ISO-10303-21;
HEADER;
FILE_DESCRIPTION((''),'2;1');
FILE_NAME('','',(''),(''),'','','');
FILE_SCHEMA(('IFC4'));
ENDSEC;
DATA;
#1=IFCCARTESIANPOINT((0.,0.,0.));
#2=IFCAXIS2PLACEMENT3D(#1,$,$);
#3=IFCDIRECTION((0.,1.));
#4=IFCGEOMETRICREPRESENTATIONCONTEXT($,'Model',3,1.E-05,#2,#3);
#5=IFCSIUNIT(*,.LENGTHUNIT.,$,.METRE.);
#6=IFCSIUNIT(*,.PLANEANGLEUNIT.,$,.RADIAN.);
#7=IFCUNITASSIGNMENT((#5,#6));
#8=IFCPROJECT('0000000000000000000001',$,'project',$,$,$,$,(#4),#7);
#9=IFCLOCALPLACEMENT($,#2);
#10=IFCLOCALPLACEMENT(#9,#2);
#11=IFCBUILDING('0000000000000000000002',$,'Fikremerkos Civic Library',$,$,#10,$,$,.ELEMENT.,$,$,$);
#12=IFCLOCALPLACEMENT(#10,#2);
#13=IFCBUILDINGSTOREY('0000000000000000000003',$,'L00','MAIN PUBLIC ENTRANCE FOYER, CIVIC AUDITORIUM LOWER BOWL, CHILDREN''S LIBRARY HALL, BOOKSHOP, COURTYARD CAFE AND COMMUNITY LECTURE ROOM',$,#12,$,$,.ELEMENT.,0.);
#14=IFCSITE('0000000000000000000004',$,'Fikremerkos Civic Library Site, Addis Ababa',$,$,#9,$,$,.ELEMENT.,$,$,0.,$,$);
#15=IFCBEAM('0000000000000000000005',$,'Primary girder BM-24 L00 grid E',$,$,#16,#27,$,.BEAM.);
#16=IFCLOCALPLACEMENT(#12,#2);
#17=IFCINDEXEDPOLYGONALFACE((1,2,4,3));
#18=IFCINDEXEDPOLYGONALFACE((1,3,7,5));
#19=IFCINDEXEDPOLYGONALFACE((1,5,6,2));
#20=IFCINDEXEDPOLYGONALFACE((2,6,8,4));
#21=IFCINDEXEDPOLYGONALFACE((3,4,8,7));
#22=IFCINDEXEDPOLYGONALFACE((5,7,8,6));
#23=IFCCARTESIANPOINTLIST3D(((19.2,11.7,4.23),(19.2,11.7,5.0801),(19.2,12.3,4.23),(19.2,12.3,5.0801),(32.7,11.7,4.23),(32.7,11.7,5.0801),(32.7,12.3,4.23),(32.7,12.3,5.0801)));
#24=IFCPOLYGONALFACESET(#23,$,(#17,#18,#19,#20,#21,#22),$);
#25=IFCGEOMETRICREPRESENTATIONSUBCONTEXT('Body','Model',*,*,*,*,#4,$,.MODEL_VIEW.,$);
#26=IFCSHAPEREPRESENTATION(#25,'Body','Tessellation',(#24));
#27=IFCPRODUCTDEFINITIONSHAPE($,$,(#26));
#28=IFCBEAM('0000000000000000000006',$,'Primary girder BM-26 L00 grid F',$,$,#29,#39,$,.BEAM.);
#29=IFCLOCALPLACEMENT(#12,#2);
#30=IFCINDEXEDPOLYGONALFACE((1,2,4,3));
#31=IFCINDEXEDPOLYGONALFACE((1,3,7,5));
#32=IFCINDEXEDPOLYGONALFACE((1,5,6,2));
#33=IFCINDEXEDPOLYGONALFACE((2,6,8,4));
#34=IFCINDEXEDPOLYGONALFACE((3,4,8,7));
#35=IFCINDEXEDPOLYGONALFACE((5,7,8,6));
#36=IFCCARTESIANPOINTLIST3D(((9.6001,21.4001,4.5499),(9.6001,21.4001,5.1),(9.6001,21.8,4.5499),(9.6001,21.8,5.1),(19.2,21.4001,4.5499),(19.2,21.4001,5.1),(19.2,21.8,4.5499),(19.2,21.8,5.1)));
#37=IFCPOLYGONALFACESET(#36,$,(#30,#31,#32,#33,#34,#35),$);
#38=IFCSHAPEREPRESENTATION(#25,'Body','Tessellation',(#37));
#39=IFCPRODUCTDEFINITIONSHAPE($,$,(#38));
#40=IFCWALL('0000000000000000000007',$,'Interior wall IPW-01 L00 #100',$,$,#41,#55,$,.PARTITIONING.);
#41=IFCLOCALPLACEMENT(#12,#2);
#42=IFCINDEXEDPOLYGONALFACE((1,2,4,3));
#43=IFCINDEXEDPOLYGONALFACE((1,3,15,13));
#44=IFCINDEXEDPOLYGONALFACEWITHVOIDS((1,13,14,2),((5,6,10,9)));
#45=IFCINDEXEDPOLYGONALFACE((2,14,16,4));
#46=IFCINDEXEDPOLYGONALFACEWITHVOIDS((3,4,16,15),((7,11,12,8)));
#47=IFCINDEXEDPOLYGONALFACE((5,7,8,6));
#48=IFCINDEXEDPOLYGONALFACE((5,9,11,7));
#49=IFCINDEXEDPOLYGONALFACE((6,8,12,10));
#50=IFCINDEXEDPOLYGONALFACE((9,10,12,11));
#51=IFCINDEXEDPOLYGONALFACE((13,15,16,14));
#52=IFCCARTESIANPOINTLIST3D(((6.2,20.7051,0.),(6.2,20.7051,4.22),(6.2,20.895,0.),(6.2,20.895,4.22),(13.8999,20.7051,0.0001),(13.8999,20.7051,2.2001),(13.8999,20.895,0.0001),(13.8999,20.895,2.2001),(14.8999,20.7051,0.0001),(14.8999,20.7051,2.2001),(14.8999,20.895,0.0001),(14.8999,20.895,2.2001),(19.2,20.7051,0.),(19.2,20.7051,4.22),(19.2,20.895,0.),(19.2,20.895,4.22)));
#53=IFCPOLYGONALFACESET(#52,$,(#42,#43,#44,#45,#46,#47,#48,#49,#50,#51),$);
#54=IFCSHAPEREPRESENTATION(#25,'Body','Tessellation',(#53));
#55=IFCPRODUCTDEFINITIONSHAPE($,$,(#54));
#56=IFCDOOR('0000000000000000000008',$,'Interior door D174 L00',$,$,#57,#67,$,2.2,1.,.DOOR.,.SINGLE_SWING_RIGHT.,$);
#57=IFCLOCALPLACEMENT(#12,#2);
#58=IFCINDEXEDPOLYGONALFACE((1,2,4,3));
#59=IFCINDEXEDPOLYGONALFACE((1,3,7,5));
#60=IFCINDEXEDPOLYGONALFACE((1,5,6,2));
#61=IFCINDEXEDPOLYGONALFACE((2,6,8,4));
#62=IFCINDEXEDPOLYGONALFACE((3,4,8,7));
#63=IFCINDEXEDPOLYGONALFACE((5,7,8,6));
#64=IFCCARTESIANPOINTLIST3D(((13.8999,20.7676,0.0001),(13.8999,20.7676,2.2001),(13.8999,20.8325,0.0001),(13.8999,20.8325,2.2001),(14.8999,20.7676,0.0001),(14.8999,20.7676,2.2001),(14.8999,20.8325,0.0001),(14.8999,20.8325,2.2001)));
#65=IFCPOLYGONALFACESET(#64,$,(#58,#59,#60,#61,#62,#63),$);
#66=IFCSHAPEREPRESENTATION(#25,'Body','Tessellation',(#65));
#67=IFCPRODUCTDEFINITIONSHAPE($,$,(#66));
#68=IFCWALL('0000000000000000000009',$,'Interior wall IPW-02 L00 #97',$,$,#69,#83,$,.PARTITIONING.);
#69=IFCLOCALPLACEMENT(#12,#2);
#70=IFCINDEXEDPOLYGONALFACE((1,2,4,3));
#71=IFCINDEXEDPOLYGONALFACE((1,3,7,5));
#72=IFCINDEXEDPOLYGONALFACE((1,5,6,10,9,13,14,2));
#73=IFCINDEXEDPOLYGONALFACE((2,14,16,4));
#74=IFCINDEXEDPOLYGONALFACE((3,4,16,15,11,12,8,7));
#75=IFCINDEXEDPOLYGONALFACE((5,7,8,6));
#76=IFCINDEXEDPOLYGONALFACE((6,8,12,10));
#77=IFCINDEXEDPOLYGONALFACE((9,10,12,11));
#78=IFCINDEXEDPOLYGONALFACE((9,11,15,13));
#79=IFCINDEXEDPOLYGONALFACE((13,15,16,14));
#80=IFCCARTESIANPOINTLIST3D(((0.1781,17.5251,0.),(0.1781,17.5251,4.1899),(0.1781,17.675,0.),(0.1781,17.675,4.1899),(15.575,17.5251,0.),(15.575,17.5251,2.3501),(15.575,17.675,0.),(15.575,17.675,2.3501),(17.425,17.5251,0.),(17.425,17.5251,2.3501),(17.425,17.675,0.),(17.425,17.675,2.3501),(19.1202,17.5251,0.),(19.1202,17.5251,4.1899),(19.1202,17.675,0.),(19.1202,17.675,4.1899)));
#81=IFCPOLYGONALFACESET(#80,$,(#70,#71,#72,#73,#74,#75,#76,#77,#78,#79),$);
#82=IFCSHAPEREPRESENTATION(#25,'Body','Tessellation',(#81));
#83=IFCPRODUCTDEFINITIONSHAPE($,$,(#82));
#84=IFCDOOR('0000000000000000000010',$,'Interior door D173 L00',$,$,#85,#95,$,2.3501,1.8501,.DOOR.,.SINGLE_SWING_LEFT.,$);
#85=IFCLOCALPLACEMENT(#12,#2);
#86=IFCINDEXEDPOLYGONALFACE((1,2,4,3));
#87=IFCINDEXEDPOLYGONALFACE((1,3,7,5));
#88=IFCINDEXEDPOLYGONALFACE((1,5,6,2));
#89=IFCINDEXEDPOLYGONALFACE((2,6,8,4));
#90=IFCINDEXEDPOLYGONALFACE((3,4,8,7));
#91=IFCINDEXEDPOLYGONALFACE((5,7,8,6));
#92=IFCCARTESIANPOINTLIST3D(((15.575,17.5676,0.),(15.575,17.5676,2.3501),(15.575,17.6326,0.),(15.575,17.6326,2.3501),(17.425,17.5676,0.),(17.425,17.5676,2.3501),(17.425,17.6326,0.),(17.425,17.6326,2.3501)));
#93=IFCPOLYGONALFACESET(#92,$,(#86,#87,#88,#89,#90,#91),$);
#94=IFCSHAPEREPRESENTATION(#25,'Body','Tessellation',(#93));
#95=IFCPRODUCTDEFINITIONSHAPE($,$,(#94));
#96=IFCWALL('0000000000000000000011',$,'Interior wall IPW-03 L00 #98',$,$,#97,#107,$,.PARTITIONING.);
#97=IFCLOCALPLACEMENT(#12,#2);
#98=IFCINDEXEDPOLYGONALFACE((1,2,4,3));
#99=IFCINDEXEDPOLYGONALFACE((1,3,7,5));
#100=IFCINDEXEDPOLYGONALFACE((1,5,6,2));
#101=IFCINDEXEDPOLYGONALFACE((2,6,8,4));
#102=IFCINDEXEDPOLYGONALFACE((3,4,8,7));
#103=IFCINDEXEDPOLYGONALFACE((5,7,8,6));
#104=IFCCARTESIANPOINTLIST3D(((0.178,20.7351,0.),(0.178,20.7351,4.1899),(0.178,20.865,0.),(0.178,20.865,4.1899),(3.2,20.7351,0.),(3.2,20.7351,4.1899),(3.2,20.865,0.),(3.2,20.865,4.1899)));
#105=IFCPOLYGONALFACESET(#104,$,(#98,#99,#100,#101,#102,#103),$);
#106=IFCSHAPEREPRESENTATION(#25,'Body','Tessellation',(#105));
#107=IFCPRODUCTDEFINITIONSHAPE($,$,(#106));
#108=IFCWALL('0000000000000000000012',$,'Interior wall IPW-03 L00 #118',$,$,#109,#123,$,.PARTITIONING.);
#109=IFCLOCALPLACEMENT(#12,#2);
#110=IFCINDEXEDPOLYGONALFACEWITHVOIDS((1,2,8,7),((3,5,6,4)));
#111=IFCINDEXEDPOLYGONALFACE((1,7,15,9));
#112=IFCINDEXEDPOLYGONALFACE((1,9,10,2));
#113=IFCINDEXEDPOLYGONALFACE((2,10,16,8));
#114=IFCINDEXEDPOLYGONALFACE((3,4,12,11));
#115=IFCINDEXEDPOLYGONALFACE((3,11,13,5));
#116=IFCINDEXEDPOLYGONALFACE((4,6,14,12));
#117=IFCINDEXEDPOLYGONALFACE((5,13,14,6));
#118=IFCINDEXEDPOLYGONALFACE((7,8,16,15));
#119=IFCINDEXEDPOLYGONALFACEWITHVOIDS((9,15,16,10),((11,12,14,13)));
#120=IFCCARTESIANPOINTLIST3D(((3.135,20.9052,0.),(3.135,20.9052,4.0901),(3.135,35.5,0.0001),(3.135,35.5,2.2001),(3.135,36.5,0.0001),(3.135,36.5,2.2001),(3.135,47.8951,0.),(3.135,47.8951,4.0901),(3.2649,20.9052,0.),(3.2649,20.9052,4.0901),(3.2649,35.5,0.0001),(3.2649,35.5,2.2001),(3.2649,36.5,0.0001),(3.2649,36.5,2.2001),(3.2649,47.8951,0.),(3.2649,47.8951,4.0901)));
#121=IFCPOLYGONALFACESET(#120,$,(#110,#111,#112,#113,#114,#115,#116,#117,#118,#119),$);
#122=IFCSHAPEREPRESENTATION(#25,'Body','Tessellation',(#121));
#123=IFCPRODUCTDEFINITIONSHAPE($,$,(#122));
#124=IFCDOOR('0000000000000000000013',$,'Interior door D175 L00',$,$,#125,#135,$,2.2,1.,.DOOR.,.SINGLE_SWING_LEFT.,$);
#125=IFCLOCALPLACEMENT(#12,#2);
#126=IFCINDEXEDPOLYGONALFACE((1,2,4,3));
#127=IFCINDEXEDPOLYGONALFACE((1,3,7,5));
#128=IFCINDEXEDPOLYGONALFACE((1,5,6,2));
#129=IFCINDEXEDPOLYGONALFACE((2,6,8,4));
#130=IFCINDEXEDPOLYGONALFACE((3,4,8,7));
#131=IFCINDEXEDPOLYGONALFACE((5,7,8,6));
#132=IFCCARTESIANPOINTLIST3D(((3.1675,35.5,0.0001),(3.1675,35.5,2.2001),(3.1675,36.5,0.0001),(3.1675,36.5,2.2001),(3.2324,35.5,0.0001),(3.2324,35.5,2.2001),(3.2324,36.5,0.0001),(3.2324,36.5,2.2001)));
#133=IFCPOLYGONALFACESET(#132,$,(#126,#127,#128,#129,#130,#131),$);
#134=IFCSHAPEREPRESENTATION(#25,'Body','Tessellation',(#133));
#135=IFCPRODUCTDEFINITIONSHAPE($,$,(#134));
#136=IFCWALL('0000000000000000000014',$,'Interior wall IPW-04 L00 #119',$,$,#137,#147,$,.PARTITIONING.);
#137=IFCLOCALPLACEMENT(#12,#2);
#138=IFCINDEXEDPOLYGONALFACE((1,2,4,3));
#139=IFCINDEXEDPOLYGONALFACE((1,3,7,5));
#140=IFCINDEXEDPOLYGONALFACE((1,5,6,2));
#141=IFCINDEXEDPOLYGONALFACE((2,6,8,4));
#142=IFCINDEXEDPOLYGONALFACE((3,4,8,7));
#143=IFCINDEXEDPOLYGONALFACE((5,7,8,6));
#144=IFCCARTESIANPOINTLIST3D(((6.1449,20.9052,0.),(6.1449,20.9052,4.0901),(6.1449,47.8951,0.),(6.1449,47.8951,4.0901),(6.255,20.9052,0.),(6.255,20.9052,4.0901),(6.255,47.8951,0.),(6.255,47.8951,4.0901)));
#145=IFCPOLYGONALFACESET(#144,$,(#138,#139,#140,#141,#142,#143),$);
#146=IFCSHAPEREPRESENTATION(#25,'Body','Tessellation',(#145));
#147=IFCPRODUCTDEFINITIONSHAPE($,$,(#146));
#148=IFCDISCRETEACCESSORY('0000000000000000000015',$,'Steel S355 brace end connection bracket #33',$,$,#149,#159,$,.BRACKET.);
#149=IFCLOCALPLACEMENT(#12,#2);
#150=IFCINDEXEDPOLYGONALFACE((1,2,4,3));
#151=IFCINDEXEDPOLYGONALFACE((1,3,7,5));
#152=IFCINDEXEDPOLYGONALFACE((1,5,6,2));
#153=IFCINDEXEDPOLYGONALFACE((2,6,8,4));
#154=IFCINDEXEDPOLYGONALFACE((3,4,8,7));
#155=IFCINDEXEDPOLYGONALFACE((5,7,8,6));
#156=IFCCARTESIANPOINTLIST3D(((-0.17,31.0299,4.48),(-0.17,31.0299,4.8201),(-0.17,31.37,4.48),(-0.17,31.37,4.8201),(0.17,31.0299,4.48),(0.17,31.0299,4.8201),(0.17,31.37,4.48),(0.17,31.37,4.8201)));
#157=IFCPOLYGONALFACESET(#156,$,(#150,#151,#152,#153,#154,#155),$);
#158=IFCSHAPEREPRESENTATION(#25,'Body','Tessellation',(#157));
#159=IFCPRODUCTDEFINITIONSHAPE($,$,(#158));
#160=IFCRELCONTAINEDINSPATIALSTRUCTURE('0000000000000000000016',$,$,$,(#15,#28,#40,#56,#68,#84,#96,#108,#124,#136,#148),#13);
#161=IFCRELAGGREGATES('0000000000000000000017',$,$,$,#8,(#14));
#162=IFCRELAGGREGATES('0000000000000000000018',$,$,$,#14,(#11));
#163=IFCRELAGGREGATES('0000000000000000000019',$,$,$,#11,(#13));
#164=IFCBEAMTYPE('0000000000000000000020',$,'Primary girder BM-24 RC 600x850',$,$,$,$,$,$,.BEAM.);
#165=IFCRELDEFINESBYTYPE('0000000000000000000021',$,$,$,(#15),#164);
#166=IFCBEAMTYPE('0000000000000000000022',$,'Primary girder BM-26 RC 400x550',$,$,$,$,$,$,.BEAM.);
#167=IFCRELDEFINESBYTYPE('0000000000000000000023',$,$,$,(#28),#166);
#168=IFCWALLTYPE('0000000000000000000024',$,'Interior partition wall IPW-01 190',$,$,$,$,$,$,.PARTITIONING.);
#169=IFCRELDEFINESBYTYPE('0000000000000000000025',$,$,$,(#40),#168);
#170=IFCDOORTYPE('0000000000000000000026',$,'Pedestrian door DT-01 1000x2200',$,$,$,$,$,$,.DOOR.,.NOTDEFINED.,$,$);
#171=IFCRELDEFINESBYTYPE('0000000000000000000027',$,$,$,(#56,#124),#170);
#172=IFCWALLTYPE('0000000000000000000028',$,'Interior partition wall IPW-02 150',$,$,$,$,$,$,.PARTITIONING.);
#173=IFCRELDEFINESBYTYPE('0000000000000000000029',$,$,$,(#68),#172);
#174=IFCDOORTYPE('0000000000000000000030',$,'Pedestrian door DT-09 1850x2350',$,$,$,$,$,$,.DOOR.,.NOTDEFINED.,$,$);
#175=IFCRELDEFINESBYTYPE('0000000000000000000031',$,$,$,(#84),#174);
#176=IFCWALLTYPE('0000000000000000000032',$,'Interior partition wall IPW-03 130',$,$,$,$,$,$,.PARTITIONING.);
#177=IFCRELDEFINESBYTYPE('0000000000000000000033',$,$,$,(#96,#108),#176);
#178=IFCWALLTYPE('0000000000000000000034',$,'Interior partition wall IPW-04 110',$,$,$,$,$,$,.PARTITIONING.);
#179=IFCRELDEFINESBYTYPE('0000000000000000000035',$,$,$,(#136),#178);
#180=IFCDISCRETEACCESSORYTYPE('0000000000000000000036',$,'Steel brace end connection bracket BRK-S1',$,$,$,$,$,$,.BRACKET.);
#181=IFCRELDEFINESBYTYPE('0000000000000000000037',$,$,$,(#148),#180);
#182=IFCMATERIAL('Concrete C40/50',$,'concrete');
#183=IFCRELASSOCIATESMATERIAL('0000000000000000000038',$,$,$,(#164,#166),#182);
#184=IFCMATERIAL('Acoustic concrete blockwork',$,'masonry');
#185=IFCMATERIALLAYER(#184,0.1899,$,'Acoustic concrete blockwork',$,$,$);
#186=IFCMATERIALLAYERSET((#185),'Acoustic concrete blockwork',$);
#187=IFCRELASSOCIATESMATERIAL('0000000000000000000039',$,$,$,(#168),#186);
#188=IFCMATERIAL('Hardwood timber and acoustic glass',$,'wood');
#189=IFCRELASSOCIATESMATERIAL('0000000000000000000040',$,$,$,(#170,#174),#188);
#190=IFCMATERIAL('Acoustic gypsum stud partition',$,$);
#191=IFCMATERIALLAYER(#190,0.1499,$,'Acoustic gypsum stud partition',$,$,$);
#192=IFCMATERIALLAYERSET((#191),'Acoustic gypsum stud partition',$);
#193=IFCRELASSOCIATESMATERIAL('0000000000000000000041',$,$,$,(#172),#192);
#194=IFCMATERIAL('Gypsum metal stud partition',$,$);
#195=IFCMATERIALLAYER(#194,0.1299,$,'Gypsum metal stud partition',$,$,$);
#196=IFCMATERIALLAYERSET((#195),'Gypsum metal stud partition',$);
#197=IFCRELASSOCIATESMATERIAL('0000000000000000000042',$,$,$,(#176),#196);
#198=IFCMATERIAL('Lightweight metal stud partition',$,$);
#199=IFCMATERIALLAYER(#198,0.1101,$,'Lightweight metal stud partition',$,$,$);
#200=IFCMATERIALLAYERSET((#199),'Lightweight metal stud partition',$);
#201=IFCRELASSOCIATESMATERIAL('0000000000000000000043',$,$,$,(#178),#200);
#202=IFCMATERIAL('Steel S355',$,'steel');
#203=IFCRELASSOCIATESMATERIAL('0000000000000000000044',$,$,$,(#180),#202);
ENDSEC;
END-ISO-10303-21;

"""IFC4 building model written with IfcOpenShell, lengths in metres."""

from ifc_helpers import new_model, si_unit, direction, frame, frame_2d, origin, origin_2d, place, context, subcontext, project, spatial, rectangle, extrude, material, layer, layer_set, material_profile, profile_set, type_object, element, fill, save


model = new_model("IFC4")

# Units and contexts
model_context = context("Model", 3, precision=1e-05, world=origin(), true_north=direction((0.0, 1.0)))
body_context = subcontext(model_context, "Body", "Model", "MODEL_VIEW")
ifc_project = project(units=[si_unit("LENGTHUNIT", "METRE"), si_unit("PLANEANGLEUNIT", "RADIAN")], contexts=[model_context])

# Site, building, storey
site_placement = place(None, origin())
site = spatial("IfcSite", under=ifc_project, at=site_placement, Name="Fikremerkos Civic Library Site, Addis Ababa", CompositionType="ELEMENT", RefElevation=0.0)
building_placement = place(site_placement, origin())
building = spatial("IfcBuilding", under=site, at=building_placement, Name="Fikremerkos Civic Library", CompositionType="ELEMENT")
storey_placement = place(building_placement, origin())
storey = spatial("IfcBuildingStorey", under=building, at=storey_placement, Name="L00", Description="MAIN PUBLIC ENTRANCE FOYER, CIVIC AUDITORIUM LOWER BOWL, CHILDREN'S LIBRARY HALL, BOOKSHOP, COURTYARD CAFE AND COMMUNITY LECTURE ROOM", CompositionType="ELEMENT", Elevation=0.0)

# Shared definitions
ifc_material_1 = material(Name="Concrete C40/50", Category="concrete")

# Shared definitions
ifc_material_2 = material(Name="Steel S355", Category="steel")

# Beams
ifc_material_profile_1 = material_profile(ifc_material_1, rectangle(XDim=0.6001, YDim=0.8501, at=origin_2d()), Name="RC 600x850")
ifc_profile_set_1 = profile_set([ifc_material_profile_1], Name="Concrete C40/50")
beam_type_1 = type_object("IfcBeamType", Name="Primary girder BM-24 RC 600x850", PredefinedType="BEAM", material=ifc_profile_set_1)
beam_1_placement = place(storey_placement, frame((19.2, 12.0, 4.655), z_axis=(1.0, 0.0, 0.0), x_axis=(0.0, 1.0, 0.0)))
element("IfcBeam", 1, at=beam_1_placement, inside=storey, type_object=beam_type_1, Name="Primary girder BM-24 L00 grid E", PredefinedType="BEAM", context=body_context, shape_type="SweptSolid", body=[
    extrude(rectangle(XDim=0.6001, YDim=0.8501, at=origin_2d()), origin(), (0.0, 0.0, 1.0), 13.5),
])
ifc_material_profile_2 = material_profile(ifc_material_1, rectangle(XDim=0.3999, YDim=0.55, at=origin_2d()), Name="RC 400x550")
ifc_profile_set_2 = profile_set([ifc_material_profile_2], Name="Concrete C40/50")
beam_type_2 = type_object("IfcBeamType", Name="Primary girder BM-26 RC 400x550", PredefinedType="BEAM", material=ifc_profile_set_2)
beam_2_placement = place(storey_placement, frame((9.6001, 21.6001, 4.825), z_axis=(1.0, 0.0, 0.0), x_axis=(0.0, 1.0, 0.0)))
element("IfcBeam", 2, at=beam_2_placement, inside=storey, type_object=beam_type_2, Name="Primary girder BM-26 L00 grid F", PredefinedType="BEAM", context=body_context, shape_type="SweptSolid", body=[
    extrude(rectangle(XDim=0.3999, YDim=0.55, at=origin_2d()), origin(), (0.0, 0.0, 1.0), 9.5999),
])

# Walls, openings, doors
ifc_material_3 = material(Name="Acoustic concrete blockwork", Category="masonry")
ifc_layer_1 = layer(ifc_material_3, 0.1899, Name="Acoustic concrete blockwork")
ifc_layer_set_1 = layer_set([ifc_layer_1], Name="Acoustic concrete blockwork")
wall_type_1 = type_object("IfcWallType", Name="Interior partition wall IPW-01 190", PredefinedType="PARTITIONING", material=ifc_layer_set_1)
wall_1_placement = place(storey_placement, frame((6.2, 20.8, 0.0), z_axis=(0.0, 0.0, 1.0), x_axis=(1.0, 0.0, 0.0)))
wall_1 = element("IfcWall", 3, at=wall_1_placement, inside=storey, type_object=wall_type_1, Name="Interior wall IPW-01 L00 #100", PredefinedType="PARTITIONING", context=body_context, shape_type="SweptSolid", body=[
    extrude(rectangle(XDim=13.0, YDim=0.1899, at=frame_2d((6.5, 0.0))), origin(), (0.0, 0.0, 1.0), 4.22),
])
opening_1_placement = place(wall_1_placement, frame((7.7, 0.0, 0.0)))
opening_1 = element("IfcOpeningElement", 4, at=opening_1_placement, cuts=wall_1, PredefinedType="OPENING", context=body_context, shape_type="SweptSolid", body=[
    extrude(rectangle(XDim=1.0, YDim=2.2, at=frame_2d((0.5, 1.1001))), frame((0.0, 0.105, 0.0), z_axis=(0.0, -1.0, 0.0), x_axis=(1.0, 0.0, 0.0)), (0.0, 0.0, 1.0), 0.21),
])
ifc_material_4 = material(Name="Hardwood timber and acoustic glass", Category="wood")
door_type_1 = type_object("IfcDoorType", Name="Pedestrian door DT-01 1000x2200", OperationType="NOTDEFINED", PredefinedType="DOOR", material=ifc_material_4)
door_1_placement = place(opening_1_placement, origin())
door_1 = element("IfcDoor", 5, at=door_1_placement, inside=storey, type_object=door_type_1, Name="Interior door D174 L00", OperationType="SINGLE_SWING_RIGHT", OverallHeight=2.2, OverallWidth=1.0, PredefinedType="DOOR", context=body_context, shape_type="SweptSolid", body=[
    extrude(rectangle(XDim=1.0, YDim=2.2, at=frame_2d((0.5, 1.1001))), frame((0.0, 0.0325, 0.0), z_axis=(0.0, -1.0, 0.0), x_axis=(1.0, 0.0, 0.0)), (0.0, 0.0, 1.0), 0.0649),
])
fill(opening_1, door_1)
ifc_material_5 = material(Name="Acoustic gypsum stud partition")
ifc_layer_2 = layer(ifc_material_5, 0.1499, Name="Acoustic gypsum stud partition")
ifc_layer_set_2 = layer_set([ifc_layer_2], Name="Acoustic gypsum stud partition")
wall_type_2 = type_object("IfcWallType", Name="Interior partition wall IPW-02 150", PredefinedType="PARTITIONING", material=ifc_layer_set_2)
wall_2_placement = place(storey_placement, frame((0.178, 17.6001, 0.0), z_axis=(0.0, 0.0, 1.0), x_axis=(1.0, 0.0, 0.0)))
wall_2 = element("IfcWall", 6, at=wall_2_placement, inside=storey, type_object=wall_type_2, Name="Interior wall IPW-02 L00 #97", PredefinedType="PARTITIONING", context=body_context, shape_type="SweptSolid", body=[
    extrude(rectangle(XDim=18.9421, YDim=0.1499, at=frame_2d((9.4712, 0.0))), origin(), (0.0, 0.0, 1.0), 4.1899),
])
opening_2_placement = place(wall_2_placement, frame((15.397, 0.0, 0.0)))
opening_2 = element("IfcOpeningElement", 7, at=opening_2_placement, cuts=wall_2, PredefinedType="OPENING", context=body_context, shape_type="SweptSolid", body=[
    extrude(rectangle(XDim=1.8501, YDim=2.3501, at=frame_2d((0.925, 1.175))), frame((0.0, 0.085, 0.0), z_axis=(0.0, -1.0, 0.0), x_axis=(1.0, 0.0, 0.0)), (0.0, 0.0, 1.0), 0.1699),
])
door_type_2 = type_object("IfcDoorType", Name="Pedestrian door DT-09 1850x2350", OperationType="NOTDEFINED", PredefinedType="DOOR", material=ifc_material_4)
door_2_placement = place(opening_2_placement, origin())
door_2 = element("IfcDoor", 8, at=door_2_placement, inside=storey, type_object=door_type_2, Name="Interior door D173 L00", OperationType="SINGLE_SWING_LEFT", OverallHeight=2.3501, OverallWidth=1.8501, PredefinedType="DOOR", context=body_context, shape_type="SweptSolid", body=[
    extrude(rectangle(XDim=1.8501, YDim=2.3501, at=frame_2d((0.925, 1.175))), frame((0.0, 0.0325, 0.0), z_axis=(0.0, -1.0, 0.0), x_axis=(1.0, 0.0, 0.0)), (0.0, 0.0, 1.0), 0.0649),
])
fill(opening_2, door_2)

# Wall
ifc_material_6 = material(Name="Gypsum metal stud partition")
ifc_layer_3 = layer(ifc_material_6, 0.1299, Name="Gypsum metal stud partition")
ifc_layer_set_3 = layer_set([ifc_layer_3], Name="Gypsum metal stud partition")
wall_type_3 = type_object("IfcWallType", Name="Interior partition wall IPW-03 130", PredefinedType="PARTITIONING", material=ifc_layer_set_3)
wall_3_placement = place(storey_placement, frame((0.178, 20.8, 0.0), z_axis=(0.0, 0.0, 1.0), x_axis=(1.0, 0.0, 0.0)))
element("IfcWall", 9, at=wall_3_placement, inside=storey, type_object=wall_type_3, Name="Interior wall IPW-03 L00 #98", PredefinedType="PARTITIONING", context=body_context, shape_type="SweptSolid", body=[
    extrude(rectangle(XDim=3.022, YDim=0.1299, at=frame_2d((1.511, 0.0))), origin(), (0.0, 0.0, 1.0), 4.1899),
])

# Wall, opening, door
wall_4_placement = place(storey_placement, frame((3.2, 20.905, 0.0), z_axis=(0.0, 0.0, 1.0), x_axis=(0.0, 1.0, 0.0)))
wall_4 = element("IfcWall", 10, at=wall_4_placement, inside=storey, type_object=wall_type_3, Name="Interior wall IPW-03 L00 #118", PredefinedType="PARTITIONING", context=body_context, shape_type="SweptSolid", body=[
    extrude(rectangle(XDim=26.99, YDim=0.1299, at=frame_2d((13.4951, 0.0))), origin(), (0.0, 0.0, 1.0), 4.0901),
])
opening_3_placement = place(wall_4_placement, frame((14.595, 0.0, 0.0)))
opening_3 = element("IfcOpeningElement", 11, at=opening_3_placement, cuts=wall_4, PredefinedType="OPENING", context=body_context, shape_type="SweptSolid", body=[
    extrude(rectangle(XDim=1.0, YDim=2.2, at=frame_2d((0.5, 1.1001))), frame((0.0, 0.075, 0.0), z_axis=(0.0, -1.0, 0.0), x_axis=(1.0, 0.0, 0.0)), (0.0, 0.0, 1.0), 0.1499),
])
door_3_placement = place(opening_3_placement, origin())
door_3 = element("IfcDoor", 12, at=door_3_placement, inside=storey, type_object=door_type_1, Name="Interior door D175 L00", OperationType="SINGLE_SWING_LEFT", OverallHeight=2.2, OverallWidth=1.0, PredefinedType="DOOR", context=body_context, shape_type="SweptSolid", body=[
    extrude(rectangle(XDim=1.0, YDim=2.2, at=frame_2d((0.5, 1.1001))), frame((0.0, 0.0325, 0.0), z_axis=(0.0, -1.0, 0.0), x_axis=(1.0, 0.0, 0.0)), (0.0, 0.0, 1.0), 0.0649),
])
fill(opening_3, door_3)

# Wall
ifc_material_7 = material(Name="Lightweight metal stud partition")
ifc_layer_4 = layer(ifc_material_7, 0.1101, Name="Lightweight metal stud partition")
ifc_layer_set_4 = layer_set([ifc_layer_4], Name="Lightweight metal stud partition")
wall_type_4 = type_object("IfcWallType", Name="Interior partition wall IPW-04 110", PredefinedType="PARTITIONING", material=ifc_layer_set_4)
wall_5_placement = place(storey_placement, frame((6.2, 20.905, 0.0), z_axis=(0.0, 0.0, 1.0), x_axis=(0.0, 1.0, 0.0)))
element("IfcWall", 13, at=wall_5_placement, inside=storey, type_object=wall_type_4, Name="Interior wall IPW-04 L00 #119", PredefinedType="PARTITIONING", context=body_context, shape_type="SweptSolid", body=[
    extrude(rectangle(XDim=26.99, YDim=0.1101, at=frame_2d((13.4951, 0.0))), origin(), (0.0, 0.0, 1.0), 4.0901),
])

# Discrete accessory
discrete_accessory_type = type_object("IfcDiscreteAccessoryType", Name="Steel brace end connection bracket BRK-S1", PredefinedType="BRACKET", material=ifc_material_2)
for number, where, z_axis, x_axis, name in (
    (14, (0.0, 31.2, 4.48), (0.0, 0.0, 1.0), (1.0, 0.0, 0.0), "Steel S355 brace end connection bracket #33"),
):
    element("IfcDiscreteAccessory", number, at=place(storey_placement, frame(where, z_axis=z_axis, x_axis=x_axis)), inside=storey, type_object=discrete_accessory_type, Name=name, PredefinedType="BRACKET", context=body_context, shape_type="SweptSolid", body=[
        extrude(rectangle(XDim=0.3401, YDim=0.3401, at=origin_2d()), origin(), (0.0, 0.0, 1.0), 0.3401),
    ])

save(model, "model.ifc")
